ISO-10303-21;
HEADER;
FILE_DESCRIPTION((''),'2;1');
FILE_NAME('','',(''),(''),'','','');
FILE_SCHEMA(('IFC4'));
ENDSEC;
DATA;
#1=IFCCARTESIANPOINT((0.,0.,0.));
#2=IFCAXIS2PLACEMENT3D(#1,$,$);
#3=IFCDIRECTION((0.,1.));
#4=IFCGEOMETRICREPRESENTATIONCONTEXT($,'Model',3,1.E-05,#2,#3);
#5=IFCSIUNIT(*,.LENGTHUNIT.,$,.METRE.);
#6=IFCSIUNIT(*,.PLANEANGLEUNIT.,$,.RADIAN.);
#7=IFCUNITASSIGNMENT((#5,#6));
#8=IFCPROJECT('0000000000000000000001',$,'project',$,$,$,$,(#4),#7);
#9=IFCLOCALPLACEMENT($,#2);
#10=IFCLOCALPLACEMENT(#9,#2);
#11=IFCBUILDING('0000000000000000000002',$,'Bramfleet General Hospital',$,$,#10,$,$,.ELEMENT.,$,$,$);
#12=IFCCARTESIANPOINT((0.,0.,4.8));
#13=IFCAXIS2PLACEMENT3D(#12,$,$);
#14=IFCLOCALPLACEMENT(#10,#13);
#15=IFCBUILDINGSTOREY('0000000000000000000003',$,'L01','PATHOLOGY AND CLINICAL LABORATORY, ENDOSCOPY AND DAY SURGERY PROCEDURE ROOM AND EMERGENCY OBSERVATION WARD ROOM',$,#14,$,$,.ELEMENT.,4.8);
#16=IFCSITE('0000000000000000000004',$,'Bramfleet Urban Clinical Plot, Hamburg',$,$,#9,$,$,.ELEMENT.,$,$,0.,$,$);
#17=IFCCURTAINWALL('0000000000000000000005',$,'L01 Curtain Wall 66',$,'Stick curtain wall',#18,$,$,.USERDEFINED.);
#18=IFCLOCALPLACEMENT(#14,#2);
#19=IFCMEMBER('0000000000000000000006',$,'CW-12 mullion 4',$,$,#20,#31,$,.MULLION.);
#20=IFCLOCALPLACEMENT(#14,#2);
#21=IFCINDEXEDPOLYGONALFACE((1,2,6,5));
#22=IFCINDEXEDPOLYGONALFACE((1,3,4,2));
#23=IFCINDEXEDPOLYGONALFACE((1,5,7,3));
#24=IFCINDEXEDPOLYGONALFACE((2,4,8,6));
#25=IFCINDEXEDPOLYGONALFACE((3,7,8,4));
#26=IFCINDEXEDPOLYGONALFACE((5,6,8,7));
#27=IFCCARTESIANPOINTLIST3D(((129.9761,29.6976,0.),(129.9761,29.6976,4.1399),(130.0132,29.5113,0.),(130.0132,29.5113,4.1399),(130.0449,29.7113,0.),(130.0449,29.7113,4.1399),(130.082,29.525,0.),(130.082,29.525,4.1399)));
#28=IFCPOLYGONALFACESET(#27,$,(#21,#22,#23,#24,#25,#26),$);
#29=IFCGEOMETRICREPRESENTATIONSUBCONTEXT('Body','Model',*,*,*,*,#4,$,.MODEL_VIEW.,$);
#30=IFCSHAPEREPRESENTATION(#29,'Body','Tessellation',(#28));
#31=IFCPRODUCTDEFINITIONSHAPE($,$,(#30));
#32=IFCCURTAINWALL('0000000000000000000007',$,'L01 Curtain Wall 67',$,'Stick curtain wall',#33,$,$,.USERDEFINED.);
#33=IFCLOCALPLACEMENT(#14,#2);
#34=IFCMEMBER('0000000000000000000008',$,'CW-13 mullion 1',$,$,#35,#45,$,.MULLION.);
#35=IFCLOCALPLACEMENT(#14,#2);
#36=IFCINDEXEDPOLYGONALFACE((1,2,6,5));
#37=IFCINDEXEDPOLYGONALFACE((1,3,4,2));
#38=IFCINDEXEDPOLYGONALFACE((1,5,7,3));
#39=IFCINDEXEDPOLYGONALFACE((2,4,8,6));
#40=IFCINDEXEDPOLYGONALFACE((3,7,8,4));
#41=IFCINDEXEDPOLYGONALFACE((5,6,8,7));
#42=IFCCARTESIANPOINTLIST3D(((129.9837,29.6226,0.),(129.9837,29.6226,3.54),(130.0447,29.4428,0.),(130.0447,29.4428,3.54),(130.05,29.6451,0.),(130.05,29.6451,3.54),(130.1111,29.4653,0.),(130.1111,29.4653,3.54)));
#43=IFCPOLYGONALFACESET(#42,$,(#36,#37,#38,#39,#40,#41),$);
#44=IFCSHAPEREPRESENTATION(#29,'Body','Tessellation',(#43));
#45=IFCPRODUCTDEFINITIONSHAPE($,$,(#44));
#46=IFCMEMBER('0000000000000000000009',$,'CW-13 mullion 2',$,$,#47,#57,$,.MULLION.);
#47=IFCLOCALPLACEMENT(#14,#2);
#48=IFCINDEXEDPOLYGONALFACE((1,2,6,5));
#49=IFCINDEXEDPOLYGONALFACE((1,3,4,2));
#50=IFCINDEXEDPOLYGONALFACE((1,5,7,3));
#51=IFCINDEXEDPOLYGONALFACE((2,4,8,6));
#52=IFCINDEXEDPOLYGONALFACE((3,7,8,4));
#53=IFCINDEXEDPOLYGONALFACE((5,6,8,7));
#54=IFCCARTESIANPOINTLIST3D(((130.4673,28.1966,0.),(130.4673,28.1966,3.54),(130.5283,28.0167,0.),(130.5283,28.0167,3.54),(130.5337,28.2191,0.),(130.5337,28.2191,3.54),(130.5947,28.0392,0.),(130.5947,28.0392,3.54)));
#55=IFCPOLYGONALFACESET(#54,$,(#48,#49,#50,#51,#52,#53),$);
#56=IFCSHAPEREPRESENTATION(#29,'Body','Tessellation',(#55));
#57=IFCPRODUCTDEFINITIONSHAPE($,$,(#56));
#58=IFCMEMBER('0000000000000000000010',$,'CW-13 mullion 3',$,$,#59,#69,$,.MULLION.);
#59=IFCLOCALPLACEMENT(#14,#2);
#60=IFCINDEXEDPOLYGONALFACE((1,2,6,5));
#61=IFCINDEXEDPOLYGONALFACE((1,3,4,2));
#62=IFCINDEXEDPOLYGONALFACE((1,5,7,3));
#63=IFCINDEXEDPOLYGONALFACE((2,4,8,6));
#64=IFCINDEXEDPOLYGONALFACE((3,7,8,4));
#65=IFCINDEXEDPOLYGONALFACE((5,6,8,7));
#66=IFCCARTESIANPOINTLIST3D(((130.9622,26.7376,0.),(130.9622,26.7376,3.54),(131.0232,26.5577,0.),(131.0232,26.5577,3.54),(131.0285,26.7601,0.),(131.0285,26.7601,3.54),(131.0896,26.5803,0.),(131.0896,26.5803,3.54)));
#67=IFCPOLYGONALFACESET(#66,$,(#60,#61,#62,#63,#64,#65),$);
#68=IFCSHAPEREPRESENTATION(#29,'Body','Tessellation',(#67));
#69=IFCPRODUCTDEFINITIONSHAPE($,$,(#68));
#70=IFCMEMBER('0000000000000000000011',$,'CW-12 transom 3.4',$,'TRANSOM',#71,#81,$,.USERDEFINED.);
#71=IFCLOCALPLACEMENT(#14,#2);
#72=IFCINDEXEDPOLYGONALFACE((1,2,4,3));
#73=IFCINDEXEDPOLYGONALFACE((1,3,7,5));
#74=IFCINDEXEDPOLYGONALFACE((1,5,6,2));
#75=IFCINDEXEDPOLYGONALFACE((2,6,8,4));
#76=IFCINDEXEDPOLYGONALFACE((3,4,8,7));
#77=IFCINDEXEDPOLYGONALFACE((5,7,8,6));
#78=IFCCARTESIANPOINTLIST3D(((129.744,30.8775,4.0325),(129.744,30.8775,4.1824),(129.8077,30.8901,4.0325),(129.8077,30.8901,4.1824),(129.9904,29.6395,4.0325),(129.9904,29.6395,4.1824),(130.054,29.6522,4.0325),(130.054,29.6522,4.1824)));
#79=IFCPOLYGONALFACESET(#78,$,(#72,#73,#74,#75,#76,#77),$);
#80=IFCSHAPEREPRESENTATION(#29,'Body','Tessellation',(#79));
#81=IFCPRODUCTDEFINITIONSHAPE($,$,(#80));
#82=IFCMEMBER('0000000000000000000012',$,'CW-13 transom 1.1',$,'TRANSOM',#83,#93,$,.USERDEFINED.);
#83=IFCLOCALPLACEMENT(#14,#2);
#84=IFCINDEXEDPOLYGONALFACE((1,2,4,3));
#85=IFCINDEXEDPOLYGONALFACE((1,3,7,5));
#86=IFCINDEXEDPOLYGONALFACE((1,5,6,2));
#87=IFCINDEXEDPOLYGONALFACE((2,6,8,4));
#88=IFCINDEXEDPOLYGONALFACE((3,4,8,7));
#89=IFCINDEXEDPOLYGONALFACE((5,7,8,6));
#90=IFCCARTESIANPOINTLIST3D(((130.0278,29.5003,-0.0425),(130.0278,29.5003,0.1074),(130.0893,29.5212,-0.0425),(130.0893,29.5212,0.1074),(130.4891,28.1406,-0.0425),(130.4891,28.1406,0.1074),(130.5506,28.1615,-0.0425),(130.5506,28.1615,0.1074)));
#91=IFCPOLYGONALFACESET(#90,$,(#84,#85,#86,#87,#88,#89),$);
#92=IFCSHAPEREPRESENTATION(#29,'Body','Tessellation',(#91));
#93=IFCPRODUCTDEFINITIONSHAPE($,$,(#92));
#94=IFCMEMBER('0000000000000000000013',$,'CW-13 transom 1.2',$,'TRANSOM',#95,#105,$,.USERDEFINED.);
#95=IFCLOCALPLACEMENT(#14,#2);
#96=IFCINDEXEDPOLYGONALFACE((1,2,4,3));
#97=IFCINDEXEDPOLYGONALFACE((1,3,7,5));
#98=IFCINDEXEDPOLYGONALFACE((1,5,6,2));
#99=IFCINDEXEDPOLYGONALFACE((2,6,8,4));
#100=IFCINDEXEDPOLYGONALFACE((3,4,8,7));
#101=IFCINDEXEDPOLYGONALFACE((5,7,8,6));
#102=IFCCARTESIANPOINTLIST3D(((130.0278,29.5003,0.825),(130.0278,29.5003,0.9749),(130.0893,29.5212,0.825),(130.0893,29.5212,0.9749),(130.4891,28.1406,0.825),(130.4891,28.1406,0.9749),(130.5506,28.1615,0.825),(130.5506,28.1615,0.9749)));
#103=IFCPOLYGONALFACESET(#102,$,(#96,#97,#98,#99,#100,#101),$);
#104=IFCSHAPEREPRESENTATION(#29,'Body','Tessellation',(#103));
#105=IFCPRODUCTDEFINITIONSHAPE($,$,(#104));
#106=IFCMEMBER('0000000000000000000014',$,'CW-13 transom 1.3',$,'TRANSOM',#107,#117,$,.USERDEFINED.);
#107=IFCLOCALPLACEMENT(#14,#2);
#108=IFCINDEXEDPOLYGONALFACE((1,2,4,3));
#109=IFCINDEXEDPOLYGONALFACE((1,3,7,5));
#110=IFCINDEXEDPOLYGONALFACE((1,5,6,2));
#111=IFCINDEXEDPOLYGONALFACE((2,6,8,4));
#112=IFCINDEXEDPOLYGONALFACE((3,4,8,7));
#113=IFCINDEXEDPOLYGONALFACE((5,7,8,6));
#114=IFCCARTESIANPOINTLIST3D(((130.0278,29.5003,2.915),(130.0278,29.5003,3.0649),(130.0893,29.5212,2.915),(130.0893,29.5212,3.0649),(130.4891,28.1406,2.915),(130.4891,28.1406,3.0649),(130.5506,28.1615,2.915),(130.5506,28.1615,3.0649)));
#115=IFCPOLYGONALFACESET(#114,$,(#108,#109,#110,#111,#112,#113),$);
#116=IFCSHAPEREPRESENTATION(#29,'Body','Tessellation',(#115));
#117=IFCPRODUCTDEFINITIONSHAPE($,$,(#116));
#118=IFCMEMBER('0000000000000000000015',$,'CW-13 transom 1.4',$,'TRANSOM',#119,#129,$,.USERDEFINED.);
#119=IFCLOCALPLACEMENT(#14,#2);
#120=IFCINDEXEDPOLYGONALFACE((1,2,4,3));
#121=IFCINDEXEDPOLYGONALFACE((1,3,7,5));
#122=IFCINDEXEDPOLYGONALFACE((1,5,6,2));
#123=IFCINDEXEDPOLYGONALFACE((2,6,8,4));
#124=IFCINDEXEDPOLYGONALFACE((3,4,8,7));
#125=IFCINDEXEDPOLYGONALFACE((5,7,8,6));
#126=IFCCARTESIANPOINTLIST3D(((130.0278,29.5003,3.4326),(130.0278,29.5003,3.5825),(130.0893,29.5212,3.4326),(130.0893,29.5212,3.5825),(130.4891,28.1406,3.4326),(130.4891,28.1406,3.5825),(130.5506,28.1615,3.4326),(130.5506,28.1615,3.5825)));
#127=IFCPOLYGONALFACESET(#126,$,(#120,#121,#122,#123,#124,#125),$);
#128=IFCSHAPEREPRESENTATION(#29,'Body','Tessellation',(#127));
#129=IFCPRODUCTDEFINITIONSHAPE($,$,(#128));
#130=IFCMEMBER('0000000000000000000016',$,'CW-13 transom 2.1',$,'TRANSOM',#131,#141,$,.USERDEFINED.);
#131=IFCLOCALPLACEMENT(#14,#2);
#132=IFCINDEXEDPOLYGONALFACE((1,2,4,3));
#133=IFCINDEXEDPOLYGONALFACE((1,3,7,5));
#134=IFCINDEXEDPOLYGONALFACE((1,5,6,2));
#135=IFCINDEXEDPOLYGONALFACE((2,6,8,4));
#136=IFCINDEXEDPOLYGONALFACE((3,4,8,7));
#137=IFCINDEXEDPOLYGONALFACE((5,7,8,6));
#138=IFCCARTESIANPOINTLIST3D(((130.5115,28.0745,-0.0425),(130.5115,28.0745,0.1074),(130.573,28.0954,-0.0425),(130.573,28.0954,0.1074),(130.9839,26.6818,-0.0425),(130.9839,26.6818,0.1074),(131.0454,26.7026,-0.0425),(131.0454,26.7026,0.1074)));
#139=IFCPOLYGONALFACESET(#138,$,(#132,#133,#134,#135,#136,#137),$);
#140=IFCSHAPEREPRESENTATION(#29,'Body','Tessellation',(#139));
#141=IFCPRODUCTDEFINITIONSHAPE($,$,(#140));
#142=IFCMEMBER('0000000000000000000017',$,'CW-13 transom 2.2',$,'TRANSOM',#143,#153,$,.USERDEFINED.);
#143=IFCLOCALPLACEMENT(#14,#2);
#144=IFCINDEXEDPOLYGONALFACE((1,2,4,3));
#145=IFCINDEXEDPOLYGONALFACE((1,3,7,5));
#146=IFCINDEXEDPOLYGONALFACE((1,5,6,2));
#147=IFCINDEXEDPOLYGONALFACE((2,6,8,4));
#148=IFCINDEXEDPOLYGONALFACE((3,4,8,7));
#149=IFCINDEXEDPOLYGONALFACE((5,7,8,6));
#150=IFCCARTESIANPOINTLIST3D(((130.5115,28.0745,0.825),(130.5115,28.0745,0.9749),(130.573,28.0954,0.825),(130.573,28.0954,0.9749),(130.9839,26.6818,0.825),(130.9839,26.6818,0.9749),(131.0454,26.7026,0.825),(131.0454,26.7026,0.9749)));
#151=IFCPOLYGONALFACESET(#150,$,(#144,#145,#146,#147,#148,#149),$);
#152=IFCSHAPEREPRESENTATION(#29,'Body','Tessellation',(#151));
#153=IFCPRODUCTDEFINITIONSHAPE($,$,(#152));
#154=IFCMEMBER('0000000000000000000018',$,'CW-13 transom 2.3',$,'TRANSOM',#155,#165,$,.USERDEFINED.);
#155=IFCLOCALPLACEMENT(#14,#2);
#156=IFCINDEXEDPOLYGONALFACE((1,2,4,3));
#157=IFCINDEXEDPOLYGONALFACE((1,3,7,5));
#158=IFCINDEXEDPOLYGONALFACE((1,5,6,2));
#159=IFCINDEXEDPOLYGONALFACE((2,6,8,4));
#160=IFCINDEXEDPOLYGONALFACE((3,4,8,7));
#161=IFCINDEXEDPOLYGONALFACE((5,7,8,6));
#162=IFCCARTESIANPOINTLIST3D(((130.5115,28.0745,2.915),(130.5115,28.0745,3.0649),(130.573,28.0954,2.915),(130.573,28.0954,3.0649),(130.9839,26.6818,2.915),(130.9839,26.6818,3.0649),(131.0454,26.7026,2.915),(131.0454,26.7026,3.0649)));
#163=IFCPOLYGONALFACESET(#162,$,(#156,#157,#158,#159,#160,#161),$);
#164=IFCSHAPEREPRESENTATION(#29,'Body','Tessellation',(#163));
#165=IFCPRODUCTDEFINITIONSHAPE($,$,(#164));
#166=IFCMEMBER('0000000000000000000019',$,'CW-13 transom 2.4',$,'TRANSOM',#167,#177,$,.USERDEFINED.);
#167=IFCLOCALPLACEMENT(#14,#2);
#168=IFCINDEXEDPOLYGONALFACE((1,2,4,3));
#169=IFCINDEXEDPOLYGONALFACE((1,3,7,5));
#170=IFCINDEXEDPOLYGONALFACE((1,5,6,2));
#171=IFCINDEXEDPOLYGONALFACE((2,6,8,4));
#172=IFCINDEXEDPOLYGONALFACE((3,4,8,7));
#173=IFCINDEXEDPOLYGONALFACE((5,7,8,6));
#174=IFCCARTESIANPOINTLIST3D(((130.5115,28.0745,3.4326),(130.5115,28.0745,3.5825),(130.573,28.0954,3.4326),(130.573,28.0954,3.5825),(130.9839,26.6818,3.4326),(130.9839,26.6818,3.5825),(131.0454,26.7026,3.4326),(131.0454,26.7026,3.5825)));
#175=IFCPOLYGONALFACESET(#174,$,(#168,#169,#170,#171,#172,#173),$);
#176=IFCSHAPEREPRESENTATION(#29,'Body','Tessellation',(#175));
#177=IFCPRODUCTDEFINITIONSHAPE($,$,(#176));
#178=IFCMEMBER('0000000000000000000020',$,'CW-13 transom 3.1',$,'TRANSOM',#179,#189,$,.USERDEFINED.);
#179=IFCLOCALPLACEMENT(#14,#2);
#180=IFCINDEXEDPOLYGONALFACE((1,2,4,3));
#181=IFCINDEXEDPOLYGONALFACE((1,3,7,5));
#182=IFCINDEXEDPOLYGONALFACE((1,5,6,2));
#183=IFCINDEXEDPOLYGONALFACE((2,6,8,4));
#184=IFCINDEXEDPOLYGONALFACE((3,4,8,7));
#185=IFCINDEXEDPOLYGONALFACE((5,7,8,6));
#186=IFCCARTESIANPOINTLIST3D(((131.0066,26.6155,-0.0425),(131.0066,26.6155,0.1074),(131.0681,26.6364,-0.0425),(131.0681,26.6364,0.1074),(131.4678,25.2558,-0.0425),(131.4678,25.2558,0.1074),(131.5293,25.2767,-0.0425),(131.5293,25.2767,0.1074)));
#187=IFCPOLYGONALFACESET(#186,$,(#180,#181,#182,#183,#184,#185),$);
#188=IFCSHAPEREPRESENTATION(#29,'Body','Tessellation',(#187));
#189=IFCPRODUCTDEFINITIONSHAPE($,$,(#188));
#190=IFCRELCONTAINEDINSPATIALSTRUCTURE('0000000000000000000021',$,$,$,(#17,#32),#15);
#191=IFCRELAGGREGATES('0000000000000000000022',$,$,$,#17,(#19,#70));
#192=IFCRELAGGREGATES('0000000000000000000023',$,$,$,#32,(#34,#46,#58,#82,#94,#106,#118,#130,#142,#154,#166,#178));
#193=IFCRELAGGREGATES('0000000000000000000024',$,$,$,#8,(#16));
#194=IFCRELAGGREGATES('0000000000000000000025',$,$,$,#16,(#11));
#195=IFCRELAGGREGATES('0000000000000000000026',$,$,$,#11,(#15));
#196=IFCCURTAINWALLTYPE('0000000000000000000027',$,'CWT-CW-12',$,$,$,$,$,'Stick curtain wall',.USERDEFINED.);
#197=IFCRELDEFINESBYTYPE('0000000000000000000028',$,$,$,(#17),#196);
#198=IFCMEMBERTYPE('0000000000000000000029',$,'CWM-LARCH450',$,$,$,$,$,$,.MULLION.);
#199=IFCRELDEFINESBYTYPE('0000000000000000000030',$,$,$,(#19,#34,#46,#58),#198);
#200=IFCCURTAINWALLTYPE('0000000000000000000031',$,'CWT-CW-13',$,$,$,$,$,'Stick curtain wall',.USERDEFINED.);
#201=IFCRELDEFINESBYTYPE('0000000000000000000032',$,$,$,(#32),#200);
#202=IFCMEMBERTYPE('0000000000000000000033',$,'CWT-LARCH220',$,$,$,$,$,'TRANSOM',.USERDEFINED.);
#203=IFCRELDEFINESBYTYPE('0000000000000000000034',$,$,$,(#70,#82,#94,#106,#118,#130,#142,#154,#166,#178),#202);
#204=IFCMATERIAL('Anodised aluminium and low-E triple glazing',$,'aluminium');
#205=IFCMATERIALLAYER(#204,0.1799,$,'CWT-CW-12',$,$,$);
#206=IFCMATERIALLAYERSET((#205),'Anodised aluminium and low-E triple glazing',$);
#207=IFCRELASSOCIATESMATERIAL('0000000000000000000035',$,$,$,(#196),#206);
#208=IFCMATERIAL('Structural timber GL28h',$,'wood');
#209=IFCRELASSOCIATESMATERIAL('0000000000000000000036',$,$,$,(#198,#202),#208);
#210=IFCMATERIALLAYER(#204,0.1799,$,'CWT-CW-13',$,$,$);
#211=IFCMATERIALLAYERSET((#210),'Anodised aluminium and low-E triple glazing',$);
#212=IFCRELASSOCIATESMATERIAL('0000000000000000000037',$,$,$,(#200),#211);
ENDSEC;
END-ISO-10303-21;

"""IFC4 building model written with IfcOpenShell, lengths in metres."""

from ifc_helpers import new_model, si_unit, direction, frame, origin, origin_2d, place, context, subcontext, project, spatial, rectangle, extrude, material, layer, layer_set, material_profile, profile_set, type_object, element, aggregate, save


model = new_model("IFC4")

# Units and contexts
model_context = context("Model", 3, precision=1e-05, world=origin(), true_north=direction((0.0, 1.0)))
body_context = subcontext(model_context, "Body", "Model", "MODEL_VIEW")
ifc_project = project(units=[si_unit("LENGTHUNIT", "METRE"), si_unit("PLANEANGLEUNIT", "RADIAN")], contexts=[model_context])

# Site, building, storey
site_placement = place(None, origin())
site = spatial("IfcSite", under=ifc_project, at=site_placement, Name="Bramfleet Urban Clinical Plot, Hamburg", CompositionType="ELEMENT", RefElevation=0.0)
building_placement = place(site_placement, origin())
building = spatial("IfcBuilding", under=site, at=building_placement, Name="Bramfleet General Hospital", CompositionType="ELEMENT")
storey_placement = place(building_placement, frame((0.0, 0.0, 4.8)))
storey = spatial("IfcBuildingStorey", under=building, at=storey_placement, Name="L01", Description="PATHOLOGY AND CLINICAL LABORATORY, ENDOSCOPY AND DAY SURGERY PROCEDURE ROOM AND EMERGENCY OBSERVATION WARD ROOM", CompositionType="ELEMENT", Elevation=4.8)

# Curtain wall, member
ifc_material_1 = material(Name="Anodised aluminium and low-E triple glazing", Category="aluminium")
ifc_layer_1 = layer(ifc_material_1, 0.1799, Name="CWT-CW-12")
ifc_layer_set_1 = layer_set([ifc_layer_1], Name="Anodised aluminium and low-E triple glazing")
curtain_wall_type_1 = type_object("IfcCurtainWallType", Name="CWT-CW-12", ElementType="Stick curtain wall", PredefinedType="USERDEFINED", material=ifc_layer_set_1)
curtain_wall_1_placement = place(storey_placement, origin())
curtain_wall_1 = element("IfcCurtainWall", 1, at=curtain_wall_1_placement, inside=storey, type_object=curtain_wall_type_1, Name="L01 Curtain Wall 66", ObjectType="Stick curtain wall", PredefinedType="USERDEFINED")
ifc_material_2 = material(Name="Structural timber GL28h", Category="wood")
ifc_material_profile_1 = material_profile(ifc_material_2, rectangle(XDim=0.0701, YDim=0.1899, at=origin_2d()), Name="LARCH 190x70")
ifc_profile_set_1 = profile_set([ifc_material_profile_1], Name="Structural timber GL28h")
member_type_1 = type_object("IfcMemberType", Name="CWM-LARCH450", PredefinedType="MULLION", material=ifc_profile_set_1)
member_1_placement = place(storey_placement, frame((130.0291, 29.6113, 0.0), z_axis=(0.0, 0.0, 1.0), x_axis=(0.980749, 0.195272, 0.0)))
member_1 = element("IfcMember", 2, at=member_1_placement, type_object=member_type_1, Name="CW-12 mullion 4", PredefinedType="MULLION", context=body_context, shape_type="SweptSolid", body=[
    extrude(rectangle(XDim=0.0701, YDim=0.1899, at=origin_2d()), origin(), (0.0, 0.0, 1.0), 4.1399),
])

# Curtain wall, members
ifc_layer_2 = layer(ifc_material_1, 0.1799, Name="CWT-CW-13")
ifc_layer_set_2 = layer_set([ifc_layer_2], Name="Anodised aluminium and low-E triple glazing")
curtain_wall_type_2 = type_object("IfcCurtainWallType", Name="CWT-CW-13", ElementType="Stick curtain wall", PredefinedType="USERDEFINED", material=ifc_layer_set_2)
curtain_wall_2_placement = place(storey_placement, origin())
curtain_wall_2 = element("IfcCurtainWall", 3, at=curtain_wall_2_placement, inside=storey, type_object=curtain_wall_type_2, Name="L01 Curtain Wall 67", ObjectType="Stick curtain wall", PredefinedType="USERDEFINED")
member_2_placement = place(storey_placement, frame((130.0474, 29.5439, 0.0), z_axis=(0.0, 0.0, 1.0), x_axis=(0.946982, 0.321286, 0.0)))
member_2 = element("IfcMember", 4, at=member_2_placement, type_object=member_type_1, Name="CW-13 mullion 1", PredefinedType="MULLION", context=body_context, shape_type="SweptSolid", body=[
    extrude(rectangle(XDim=0.0701, YDim=0.1899, at=origin_2d()), origin(), (0.0, 0.0, 1.0), 3.54),
])
member_3_placement = place(storey_placement, frame((130.531, 28.1179, 0.0), z_axis=(0.0, 0.0, 1.0), x_axis=(0.946982, 0.321286, 0.0)))
member_3 = element("IfcMember", 5, at=member_3_placement, type_object=member_type_1, Name="CW-13 mullion 2", PredefinedType="MULLION", context=body_context, shape_type="SweptSolid", body=[
    extrude(rectangle(XDim=0.0701, YDim=0.1899, at=origin_2d()), origin(), (0.0, 0.0, 1.0), 3.54),
])
member_4_placement = place(storey_placement, frame((131.0259, 26.6589, 0.0), z_axis=(0.0, 0.0, 1.0), x_axis=(0.946982, 0.321286, 0.0)))
member_4 = element("IfcMember", 6, at=member_4_placement, type_object=member_type_1, Name="CW-13 mullion 3", PredefinedType="MULLION", context=body_context, shape_type="SweptSolid", body=[
    extrude(rectangle(XDim=0.0701, YDim=0.1899, at=origin_2d()), origin(), (0.0, 0.0, 1.0), 3.54),
])

# Members
ifc_material_profile_2 = material_profile(ifc_material_2, rectangle(XDim=0.0649, YDim=0.1499, at=origin_2d()), Name="LARCH 150x65")
ifc_profile_set_2 = profile_set([ifc_material_profile_2], Name="Structural timber GL28h")
member_type_2 = type_object("IfcMemberType", Name="CWT-LARCH220", ElementType="TRANSOM", PredefinedType="USERDEFINED", material=ifc_profile_set_2)
member_5_placement = place(storey_placement, frame((129.7759, 30.8838, 4.1074), z_axis=(0.195149, -0.980774, 0.0), x_axis=(0.980774, 0.195149, 0.0)))
member_5 = element("IfcMember", 7, at=member_5_placement, type_object=member_type_2, Name="CW-12 transom 3.4", ObjectType="TRANSOM", PredefinedType="USERDEFINED", context=body_context, shape_type="SweptSolid", body=[
    extrude(rectangle(XDim=0.0649, YDim=0.1499, at=origin_2d()), origin(), (0.0, 0.0, 1.0), 1.2622),
])
member_6_placement = place(storey_placement, frame((130.0586, 29.5107, 0.0325), z_axis=(0.321223, -0.947004, 0.0), x_axis=(0.947004, 0.321223, 0.0)))
member_6 = element("IfcMember", 8, at=member_6_placement, type_object=member_type_2, Name="CW-13 transom 1.1", ObjectType="TRANSOM", PredefinedType="USERDEFINED", context=body_context, shape_type="SweptSolid", body=[
    extrude(rectangle(XDim=0.0649, YDim=0.1499, at=origin_2d()), origin(), (0.0, 0.0, 1.0), 1.4358),
])
member_7_placement = place(storey_placement, frame((130.0586, 29.5107, 0.8999), z_axis=(0.321223, -0.947004, 0.0), x_axis=(0.947004, 0.321223, 0.0)))
member_7 = element("IfcMember", 9, at=member_7_placement, type_object=member_type_2, Name="CW-13 transom 1.2", ObjectType="TRANSOM", PredefinedType="USERDEFINED", context=body_context, shape_type="SweptSolid", body=[
    extrude(rectangle(XDim=0.0649, YDim=0.1499, at=origin_2d()), origin(), (0.0, 0.0, 1.0), 1.4358),
])
member_8_placement = place(storey_placement, frame((130.0586, 29.5107, 2.99), z_axis=(0.321223, -0.947004, 0.0), x_axis=(0.947004, 0.321223, 0.0)))
member_8 = element("IfcMember", 10, at=member_8_placement, type_object=member_type_2, Name="CW-13 transom 1.3", ObjectType="TRANSOM", PredefinedType="USERDEFINED", context=body_context, shape_type="SweptSolid", body=[
    extrude(rectangle(XDim=0.0649, YDim=0.1499, at=origin_2d()), origin(), (0.0, 0.0, 1.0), 1.4358),
])
member_9_placement = place(storey_placement, frame((130.0586, 29.5107, 3.5076), z_axis=(0.321223, -0.947004, 0.0), x_axis=(0.947004, 0.321223, 0.0)))
member_9 = element("IfcMember", 11, at=member_9_placement, type_object=member_type_2, Name="CW-13 transom 1.4", ObjectType="TRANSOM", PredefinedType="USERDEFINED", context=body_context, shape_type="SweptSolid", body=[
    extrude(rectangle(XDim=0.0649, YDim=0.1499, at=origin_2d()), origin(), (0.0, 0.0, 1.0), 1.4358),
])
member_10_placement = place(storey_placement, frame((130.5422, 28.085, 0.0325), z_axis=(0.321203, -0.94701, 0.0), x_axis=(0.94701, 0.321203, 0.0)))
member_10 = element("IfcMember", 12, at=member_10_placement, type_object=member_type_2, Name="CW-13 transom 2.1", ObjectType="TRANSOM", PredefinedType="USERDEFINED", context=body_context, shape_type="SweptSolid", body=[
    extrude(rectangle(XDim=0.0649, YDim=0.1499, at=origin_2d()), origin(), (0.0, 0.0, 1.0), 1.4707),
])
member_11_placement = place(storey_placement, frame((130.5422, 28.085, 0.8999), z_axis=(0.321203, -0.94701, 0.0), x_axis=(0.94701, 0.321203, 0.0)))
member_11 = element("IfcMember", 13, at=member_11_placement, type_object=member_type_2, Name="CW-13 transom 2.2", ObjectType="TRANSOM", PredefinedType="USERDEFINED", context=body_context, shape_type="SweptSolid", body=[
    extrude(rectangle(XDim=0.0649, YDim=0.1499, at=origin_2d()), origin(), (0.0, 0.0, 1.0), 1.4707),
])
member_12_placement = place(storey_placement, frame((130.5422, 28.085, 2.99), z_axis=(0.321203, -0.94701, 0.0), x_axis=(0.94701, 0.321203, 0.0)))
member_12 = element("IfcMember", 14, at=member_12_placement, type_object=member_type_2, Name="CW-13 transom 2.3", ObjectType="TRANSOM", PredefinedType="USERDEFINED", context=body_context, shape_type="SweptSolid", body=[
    extrude(rectangle(XDim=0.0649, YDim=0.1499, at=origin_2d()), origin(), (0.0, 0.0, 1.0), 1.4707),
])
member_13_placement = place(storey_placement, frame((130.5422, 28.085, 3.5076), z_axis=(0.321203, -0.94701, 0.0), x_axis=(0.94701, 0.321203, 0.0)))
member_13 = element("IfcMember", 15, at=member_13_placement, type_object=member_type_2, Name="CW-13 transom 2.4", ObjectType="TRANSOM", PredefinedType="USERDEFINED", context=body_context, shape_type="SweptSolid", body=[
    extrude(rectangle(XDim=0.0649, YDim=0.1499, at=origin_2d()), origin(), (0.0, 0.0, 1.0), 1.4707),
])
member_14_placement = place(storey_placement, frame((131.0374, 26.626, 0.0325), z_axis=(0.321223, -0.947004, 0.0), x_axis=(0.947004, 0.321223, 0.0)))
member_14 = element("IfcMember", 16, at=member_14_placement, type_object=member_type_2, Name="CW-13 transom 3.1", ObjectType="TRANSOM", PredefinedType="USERDEFINED", context=body_context, shape_type="SweptSolid", body=[
    extrude(rectangle(XDim=0.0649, YDim=0.1499, at=origin_2d()), origin(), (0.0, 0.0, 1.0), 1.4358),
])

aggregate(curtain_wall_1, [member_1, member_5])
aggregate(curtain_wall_2, [member_2, member_3, member_4, member_6, member_7, member_8, member_9, member_10, member_11, member_12, member_13, member_14])

save(model, "model.ifc")
